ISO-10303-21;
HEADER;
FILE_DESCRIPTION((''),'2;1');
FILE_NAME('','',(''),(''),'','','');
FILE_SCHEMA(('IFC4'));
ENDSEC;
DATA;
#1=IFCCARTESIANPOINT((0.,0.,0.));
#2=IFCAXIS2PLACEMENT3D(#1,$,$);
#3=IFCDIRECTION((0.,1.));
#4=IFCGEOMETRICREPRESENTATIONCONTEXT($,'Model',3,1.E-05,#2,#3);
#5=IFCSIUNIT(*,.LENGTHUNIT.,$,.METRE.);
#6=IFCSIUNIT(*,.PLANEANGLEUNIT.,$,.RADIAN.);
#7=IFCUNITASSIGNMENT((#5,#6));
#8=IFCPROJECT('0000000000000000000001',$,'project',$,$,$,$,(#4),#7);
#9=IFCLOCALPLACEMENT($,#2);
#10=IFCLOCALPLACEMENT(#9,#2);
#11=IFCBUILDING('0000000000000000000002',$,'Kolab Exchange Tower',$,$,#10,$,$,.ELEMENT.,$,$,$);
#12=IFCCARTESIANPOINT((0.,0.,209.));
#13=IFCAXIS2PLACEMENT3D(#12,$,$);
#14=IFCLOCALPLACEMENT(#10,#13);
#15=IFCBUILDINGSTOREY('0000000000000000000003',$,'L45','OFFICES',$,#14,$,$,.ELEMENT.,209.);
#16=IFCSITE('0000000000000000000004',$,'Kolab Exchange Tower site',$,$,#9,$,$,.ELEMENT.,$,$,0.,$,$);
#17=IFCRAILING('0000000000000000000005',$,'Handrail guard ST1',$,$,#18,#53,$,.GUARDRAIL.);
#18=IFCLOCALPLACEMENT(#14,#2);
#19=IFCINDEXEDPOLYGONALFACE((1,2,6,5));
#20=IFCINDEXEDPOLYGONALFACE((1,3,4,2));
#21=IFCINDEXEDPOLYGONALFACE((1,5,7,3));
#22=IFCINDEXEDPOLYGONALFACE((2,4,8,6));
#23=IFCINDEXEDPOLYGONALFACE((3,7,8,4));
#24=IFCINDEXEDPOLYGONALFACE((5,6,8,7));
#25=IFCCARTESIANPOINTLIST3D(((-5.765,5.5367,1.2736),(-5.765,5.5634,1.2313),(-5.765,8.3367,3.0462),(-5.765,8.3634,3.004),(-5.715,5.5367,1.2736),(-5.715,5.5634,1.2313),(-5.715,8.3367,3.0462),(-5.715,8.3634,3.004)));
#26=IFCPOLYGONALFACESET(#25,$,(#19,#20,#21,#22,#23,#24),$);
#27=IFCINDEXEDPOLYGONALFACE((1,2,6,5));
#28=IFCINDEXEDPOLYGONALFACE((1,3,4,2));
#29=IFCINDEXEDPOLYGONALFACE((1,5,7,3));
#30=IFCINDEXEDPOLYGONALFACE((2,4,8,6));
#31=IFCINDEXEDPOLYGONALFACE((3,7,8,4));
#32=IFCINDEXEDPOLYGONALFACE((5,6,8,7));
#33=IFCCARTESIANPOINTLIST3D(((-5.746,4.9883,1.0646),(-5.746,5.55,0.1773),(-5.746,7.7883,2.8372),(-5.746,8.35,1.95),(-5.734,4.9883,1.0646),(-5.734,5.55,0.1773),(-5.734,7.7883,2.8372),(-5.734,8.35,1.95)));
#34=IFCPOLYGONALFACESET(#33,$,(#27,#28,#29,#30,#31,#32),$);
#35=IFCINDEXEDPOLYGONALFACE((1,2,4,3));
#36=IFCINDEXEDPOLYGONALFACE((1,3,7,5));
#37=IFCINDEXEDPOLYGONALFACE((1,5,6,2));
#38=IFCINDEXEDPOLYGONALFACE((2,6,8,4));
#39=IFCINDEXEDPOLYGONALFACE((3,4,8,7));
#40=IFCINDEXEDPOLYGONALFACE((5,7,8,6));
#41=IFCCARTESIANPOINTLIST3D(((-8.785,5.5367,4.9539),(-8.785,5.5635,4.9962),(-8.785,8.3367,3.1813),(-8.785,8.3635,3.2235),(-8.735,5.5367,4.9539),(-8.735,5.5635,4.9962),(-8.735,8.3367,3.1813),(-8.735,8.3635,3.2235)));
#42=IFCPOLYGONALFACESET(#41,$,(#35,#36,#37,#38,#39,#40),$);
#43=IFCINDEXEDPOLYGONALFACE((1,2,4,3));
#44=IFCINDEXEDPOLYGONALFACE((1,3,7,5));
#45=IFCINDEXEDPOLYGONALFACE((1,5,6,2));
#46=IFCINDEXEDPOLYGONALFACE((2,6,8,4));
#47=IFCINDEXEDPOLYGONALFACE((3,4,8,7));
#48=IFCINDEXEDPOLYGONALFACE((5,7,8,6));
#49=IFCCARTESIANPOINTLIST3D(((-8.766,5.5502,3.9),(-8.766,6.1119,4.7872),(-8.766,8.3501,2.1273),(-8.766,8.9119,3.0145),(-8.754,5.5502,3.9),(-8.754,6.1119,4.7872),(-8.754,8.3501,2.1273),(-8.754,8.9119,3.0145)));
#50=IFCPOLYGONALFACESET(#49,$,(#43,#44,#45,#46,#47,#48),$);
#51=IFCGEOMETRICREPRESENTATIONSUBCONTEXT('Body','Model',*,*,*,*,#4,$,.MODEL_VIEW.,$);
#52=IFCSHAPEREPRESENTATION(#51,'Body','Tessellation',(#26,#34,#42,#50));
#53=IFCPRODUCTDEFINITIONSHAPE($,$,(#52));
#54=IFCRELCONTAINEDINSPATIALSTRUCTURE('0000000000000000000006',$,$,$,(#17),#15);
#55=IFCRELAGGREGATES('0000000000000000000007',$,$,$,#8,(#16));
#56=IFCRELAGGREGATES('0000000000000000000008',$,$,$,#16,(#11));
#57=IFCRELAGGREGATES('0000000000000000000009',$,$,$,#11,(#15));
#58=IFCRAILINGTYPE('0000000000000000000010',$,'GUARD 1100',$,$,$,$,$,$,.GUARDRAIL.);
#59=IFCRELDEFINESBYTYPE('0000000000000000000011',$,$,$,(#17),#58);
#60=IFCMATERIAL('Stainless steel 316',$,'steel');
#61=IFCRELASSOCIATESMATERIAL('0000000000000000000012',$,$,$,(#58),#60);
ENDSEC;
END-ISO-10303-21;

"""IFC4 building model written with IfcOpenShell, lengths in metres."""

from ifc_helpers import new_model, si_unit, direction, frame, frame_2d, origin, origin_2d, place, context, subcontext, project, spatial, rectangle, extrude, material, type_object, element, save


model = new_model("IFC4")

# Units and contexts
model_context = context("Model", 3, precision=1e-05, world=origin(), true_north=direction((0.0, 1.0)))
body_context = subcontext(model_context, "Body", "Model", "MODEL_VIEW")
ifc_project = project(units=[si_unit("LENGTHUNIT", "METRE"), si_unit("PLANEANGLEUNIT", "RADIAN")], contexts=[model_context])

# Site, building, storey
site_placement = place(None, origin())
site = spatial("IfcSite", under=ifc_project, at=site_placement, Name="Kolab Exchange Tower site", CompositionType="ELEMENT", RefElevation=0.0)
building_placement = place(site_placement, origin())
building = spatial("IfcBuilding", under=site, at=building_placement, Name="Kolab Exchange Tower", CompositionType="ELEMENT")
storey_placement = place(building_placement, frame((0.0, 0.0, 209.0)))
storey = spatial("IfcBuildingStorey", under=building, at=storey_placement, Name="L45", Description="OFFICES", CompositionType="ELEMENT", Elevation=209.0)

# Shared definitions
ifc_material_1 = material(Name="Stainless steel 316", Category="steel")

# Railing
railing_type = type_object("IfcRailingType", Name="GUARD 1100", PredefinedType="GUARDRAIL", material=ifc_material_1)
railing_1_placement = place(storey_placement, frame((-5.74, 5.55, 0.1772)))
element("IfcRailing", 1, at=railing_1_placement, inside=storey, type_object=railing_type, Name="Handrail guard ST1", PredefinedType="GUARDRAIL", context=body_context, shape_type="SweptSolid", body=[
    extrude(rectangle(XDim=0.05, YDim=0.05, at=origin_2d()), frame((0.0, 0.0, 1.0752), z_axis=(0.0, 0.844909, 0.53491), x_axis=(-1.0, 0.0, 0.0)), (0.0, 0.0, 1.0), 3.314),
    extrude(rectangle(XDim=0.012, YDim=1.0501, at=frame_2d((0.0, 0.5251))), frame((0.0, 0.0, 0.0), z_axis=(0.0, 0.844909, 0.53491), x_axis=(-1.0, 0.0, 0.0)), (0.0, 0.0, 1.0), 3.314),
    extrude(rectangle(XDim=0.05, YDim=0.05, at=origin_2d()), frame((-3.02, 2.8, 3.0251), z_axis=(0.0, -0.844909, 0.53491), x_axis=(1.0, 0.0, 0.0)), (0.0, 0.0, 1.0), 3.314),
    extrude(rectangle(XDim=0.012, YDim=1.0501, at=frame_2d((0.0, 0.5251))), frame((-3.02, 2.8, 1.95), z_axis=(0.0, -0.844909, 0.53491), x_axis=(1.0, 0.0, 0.0)), (0.0, 0.0, 1.0), 3.314),
])

save(model, "model.ifc")
